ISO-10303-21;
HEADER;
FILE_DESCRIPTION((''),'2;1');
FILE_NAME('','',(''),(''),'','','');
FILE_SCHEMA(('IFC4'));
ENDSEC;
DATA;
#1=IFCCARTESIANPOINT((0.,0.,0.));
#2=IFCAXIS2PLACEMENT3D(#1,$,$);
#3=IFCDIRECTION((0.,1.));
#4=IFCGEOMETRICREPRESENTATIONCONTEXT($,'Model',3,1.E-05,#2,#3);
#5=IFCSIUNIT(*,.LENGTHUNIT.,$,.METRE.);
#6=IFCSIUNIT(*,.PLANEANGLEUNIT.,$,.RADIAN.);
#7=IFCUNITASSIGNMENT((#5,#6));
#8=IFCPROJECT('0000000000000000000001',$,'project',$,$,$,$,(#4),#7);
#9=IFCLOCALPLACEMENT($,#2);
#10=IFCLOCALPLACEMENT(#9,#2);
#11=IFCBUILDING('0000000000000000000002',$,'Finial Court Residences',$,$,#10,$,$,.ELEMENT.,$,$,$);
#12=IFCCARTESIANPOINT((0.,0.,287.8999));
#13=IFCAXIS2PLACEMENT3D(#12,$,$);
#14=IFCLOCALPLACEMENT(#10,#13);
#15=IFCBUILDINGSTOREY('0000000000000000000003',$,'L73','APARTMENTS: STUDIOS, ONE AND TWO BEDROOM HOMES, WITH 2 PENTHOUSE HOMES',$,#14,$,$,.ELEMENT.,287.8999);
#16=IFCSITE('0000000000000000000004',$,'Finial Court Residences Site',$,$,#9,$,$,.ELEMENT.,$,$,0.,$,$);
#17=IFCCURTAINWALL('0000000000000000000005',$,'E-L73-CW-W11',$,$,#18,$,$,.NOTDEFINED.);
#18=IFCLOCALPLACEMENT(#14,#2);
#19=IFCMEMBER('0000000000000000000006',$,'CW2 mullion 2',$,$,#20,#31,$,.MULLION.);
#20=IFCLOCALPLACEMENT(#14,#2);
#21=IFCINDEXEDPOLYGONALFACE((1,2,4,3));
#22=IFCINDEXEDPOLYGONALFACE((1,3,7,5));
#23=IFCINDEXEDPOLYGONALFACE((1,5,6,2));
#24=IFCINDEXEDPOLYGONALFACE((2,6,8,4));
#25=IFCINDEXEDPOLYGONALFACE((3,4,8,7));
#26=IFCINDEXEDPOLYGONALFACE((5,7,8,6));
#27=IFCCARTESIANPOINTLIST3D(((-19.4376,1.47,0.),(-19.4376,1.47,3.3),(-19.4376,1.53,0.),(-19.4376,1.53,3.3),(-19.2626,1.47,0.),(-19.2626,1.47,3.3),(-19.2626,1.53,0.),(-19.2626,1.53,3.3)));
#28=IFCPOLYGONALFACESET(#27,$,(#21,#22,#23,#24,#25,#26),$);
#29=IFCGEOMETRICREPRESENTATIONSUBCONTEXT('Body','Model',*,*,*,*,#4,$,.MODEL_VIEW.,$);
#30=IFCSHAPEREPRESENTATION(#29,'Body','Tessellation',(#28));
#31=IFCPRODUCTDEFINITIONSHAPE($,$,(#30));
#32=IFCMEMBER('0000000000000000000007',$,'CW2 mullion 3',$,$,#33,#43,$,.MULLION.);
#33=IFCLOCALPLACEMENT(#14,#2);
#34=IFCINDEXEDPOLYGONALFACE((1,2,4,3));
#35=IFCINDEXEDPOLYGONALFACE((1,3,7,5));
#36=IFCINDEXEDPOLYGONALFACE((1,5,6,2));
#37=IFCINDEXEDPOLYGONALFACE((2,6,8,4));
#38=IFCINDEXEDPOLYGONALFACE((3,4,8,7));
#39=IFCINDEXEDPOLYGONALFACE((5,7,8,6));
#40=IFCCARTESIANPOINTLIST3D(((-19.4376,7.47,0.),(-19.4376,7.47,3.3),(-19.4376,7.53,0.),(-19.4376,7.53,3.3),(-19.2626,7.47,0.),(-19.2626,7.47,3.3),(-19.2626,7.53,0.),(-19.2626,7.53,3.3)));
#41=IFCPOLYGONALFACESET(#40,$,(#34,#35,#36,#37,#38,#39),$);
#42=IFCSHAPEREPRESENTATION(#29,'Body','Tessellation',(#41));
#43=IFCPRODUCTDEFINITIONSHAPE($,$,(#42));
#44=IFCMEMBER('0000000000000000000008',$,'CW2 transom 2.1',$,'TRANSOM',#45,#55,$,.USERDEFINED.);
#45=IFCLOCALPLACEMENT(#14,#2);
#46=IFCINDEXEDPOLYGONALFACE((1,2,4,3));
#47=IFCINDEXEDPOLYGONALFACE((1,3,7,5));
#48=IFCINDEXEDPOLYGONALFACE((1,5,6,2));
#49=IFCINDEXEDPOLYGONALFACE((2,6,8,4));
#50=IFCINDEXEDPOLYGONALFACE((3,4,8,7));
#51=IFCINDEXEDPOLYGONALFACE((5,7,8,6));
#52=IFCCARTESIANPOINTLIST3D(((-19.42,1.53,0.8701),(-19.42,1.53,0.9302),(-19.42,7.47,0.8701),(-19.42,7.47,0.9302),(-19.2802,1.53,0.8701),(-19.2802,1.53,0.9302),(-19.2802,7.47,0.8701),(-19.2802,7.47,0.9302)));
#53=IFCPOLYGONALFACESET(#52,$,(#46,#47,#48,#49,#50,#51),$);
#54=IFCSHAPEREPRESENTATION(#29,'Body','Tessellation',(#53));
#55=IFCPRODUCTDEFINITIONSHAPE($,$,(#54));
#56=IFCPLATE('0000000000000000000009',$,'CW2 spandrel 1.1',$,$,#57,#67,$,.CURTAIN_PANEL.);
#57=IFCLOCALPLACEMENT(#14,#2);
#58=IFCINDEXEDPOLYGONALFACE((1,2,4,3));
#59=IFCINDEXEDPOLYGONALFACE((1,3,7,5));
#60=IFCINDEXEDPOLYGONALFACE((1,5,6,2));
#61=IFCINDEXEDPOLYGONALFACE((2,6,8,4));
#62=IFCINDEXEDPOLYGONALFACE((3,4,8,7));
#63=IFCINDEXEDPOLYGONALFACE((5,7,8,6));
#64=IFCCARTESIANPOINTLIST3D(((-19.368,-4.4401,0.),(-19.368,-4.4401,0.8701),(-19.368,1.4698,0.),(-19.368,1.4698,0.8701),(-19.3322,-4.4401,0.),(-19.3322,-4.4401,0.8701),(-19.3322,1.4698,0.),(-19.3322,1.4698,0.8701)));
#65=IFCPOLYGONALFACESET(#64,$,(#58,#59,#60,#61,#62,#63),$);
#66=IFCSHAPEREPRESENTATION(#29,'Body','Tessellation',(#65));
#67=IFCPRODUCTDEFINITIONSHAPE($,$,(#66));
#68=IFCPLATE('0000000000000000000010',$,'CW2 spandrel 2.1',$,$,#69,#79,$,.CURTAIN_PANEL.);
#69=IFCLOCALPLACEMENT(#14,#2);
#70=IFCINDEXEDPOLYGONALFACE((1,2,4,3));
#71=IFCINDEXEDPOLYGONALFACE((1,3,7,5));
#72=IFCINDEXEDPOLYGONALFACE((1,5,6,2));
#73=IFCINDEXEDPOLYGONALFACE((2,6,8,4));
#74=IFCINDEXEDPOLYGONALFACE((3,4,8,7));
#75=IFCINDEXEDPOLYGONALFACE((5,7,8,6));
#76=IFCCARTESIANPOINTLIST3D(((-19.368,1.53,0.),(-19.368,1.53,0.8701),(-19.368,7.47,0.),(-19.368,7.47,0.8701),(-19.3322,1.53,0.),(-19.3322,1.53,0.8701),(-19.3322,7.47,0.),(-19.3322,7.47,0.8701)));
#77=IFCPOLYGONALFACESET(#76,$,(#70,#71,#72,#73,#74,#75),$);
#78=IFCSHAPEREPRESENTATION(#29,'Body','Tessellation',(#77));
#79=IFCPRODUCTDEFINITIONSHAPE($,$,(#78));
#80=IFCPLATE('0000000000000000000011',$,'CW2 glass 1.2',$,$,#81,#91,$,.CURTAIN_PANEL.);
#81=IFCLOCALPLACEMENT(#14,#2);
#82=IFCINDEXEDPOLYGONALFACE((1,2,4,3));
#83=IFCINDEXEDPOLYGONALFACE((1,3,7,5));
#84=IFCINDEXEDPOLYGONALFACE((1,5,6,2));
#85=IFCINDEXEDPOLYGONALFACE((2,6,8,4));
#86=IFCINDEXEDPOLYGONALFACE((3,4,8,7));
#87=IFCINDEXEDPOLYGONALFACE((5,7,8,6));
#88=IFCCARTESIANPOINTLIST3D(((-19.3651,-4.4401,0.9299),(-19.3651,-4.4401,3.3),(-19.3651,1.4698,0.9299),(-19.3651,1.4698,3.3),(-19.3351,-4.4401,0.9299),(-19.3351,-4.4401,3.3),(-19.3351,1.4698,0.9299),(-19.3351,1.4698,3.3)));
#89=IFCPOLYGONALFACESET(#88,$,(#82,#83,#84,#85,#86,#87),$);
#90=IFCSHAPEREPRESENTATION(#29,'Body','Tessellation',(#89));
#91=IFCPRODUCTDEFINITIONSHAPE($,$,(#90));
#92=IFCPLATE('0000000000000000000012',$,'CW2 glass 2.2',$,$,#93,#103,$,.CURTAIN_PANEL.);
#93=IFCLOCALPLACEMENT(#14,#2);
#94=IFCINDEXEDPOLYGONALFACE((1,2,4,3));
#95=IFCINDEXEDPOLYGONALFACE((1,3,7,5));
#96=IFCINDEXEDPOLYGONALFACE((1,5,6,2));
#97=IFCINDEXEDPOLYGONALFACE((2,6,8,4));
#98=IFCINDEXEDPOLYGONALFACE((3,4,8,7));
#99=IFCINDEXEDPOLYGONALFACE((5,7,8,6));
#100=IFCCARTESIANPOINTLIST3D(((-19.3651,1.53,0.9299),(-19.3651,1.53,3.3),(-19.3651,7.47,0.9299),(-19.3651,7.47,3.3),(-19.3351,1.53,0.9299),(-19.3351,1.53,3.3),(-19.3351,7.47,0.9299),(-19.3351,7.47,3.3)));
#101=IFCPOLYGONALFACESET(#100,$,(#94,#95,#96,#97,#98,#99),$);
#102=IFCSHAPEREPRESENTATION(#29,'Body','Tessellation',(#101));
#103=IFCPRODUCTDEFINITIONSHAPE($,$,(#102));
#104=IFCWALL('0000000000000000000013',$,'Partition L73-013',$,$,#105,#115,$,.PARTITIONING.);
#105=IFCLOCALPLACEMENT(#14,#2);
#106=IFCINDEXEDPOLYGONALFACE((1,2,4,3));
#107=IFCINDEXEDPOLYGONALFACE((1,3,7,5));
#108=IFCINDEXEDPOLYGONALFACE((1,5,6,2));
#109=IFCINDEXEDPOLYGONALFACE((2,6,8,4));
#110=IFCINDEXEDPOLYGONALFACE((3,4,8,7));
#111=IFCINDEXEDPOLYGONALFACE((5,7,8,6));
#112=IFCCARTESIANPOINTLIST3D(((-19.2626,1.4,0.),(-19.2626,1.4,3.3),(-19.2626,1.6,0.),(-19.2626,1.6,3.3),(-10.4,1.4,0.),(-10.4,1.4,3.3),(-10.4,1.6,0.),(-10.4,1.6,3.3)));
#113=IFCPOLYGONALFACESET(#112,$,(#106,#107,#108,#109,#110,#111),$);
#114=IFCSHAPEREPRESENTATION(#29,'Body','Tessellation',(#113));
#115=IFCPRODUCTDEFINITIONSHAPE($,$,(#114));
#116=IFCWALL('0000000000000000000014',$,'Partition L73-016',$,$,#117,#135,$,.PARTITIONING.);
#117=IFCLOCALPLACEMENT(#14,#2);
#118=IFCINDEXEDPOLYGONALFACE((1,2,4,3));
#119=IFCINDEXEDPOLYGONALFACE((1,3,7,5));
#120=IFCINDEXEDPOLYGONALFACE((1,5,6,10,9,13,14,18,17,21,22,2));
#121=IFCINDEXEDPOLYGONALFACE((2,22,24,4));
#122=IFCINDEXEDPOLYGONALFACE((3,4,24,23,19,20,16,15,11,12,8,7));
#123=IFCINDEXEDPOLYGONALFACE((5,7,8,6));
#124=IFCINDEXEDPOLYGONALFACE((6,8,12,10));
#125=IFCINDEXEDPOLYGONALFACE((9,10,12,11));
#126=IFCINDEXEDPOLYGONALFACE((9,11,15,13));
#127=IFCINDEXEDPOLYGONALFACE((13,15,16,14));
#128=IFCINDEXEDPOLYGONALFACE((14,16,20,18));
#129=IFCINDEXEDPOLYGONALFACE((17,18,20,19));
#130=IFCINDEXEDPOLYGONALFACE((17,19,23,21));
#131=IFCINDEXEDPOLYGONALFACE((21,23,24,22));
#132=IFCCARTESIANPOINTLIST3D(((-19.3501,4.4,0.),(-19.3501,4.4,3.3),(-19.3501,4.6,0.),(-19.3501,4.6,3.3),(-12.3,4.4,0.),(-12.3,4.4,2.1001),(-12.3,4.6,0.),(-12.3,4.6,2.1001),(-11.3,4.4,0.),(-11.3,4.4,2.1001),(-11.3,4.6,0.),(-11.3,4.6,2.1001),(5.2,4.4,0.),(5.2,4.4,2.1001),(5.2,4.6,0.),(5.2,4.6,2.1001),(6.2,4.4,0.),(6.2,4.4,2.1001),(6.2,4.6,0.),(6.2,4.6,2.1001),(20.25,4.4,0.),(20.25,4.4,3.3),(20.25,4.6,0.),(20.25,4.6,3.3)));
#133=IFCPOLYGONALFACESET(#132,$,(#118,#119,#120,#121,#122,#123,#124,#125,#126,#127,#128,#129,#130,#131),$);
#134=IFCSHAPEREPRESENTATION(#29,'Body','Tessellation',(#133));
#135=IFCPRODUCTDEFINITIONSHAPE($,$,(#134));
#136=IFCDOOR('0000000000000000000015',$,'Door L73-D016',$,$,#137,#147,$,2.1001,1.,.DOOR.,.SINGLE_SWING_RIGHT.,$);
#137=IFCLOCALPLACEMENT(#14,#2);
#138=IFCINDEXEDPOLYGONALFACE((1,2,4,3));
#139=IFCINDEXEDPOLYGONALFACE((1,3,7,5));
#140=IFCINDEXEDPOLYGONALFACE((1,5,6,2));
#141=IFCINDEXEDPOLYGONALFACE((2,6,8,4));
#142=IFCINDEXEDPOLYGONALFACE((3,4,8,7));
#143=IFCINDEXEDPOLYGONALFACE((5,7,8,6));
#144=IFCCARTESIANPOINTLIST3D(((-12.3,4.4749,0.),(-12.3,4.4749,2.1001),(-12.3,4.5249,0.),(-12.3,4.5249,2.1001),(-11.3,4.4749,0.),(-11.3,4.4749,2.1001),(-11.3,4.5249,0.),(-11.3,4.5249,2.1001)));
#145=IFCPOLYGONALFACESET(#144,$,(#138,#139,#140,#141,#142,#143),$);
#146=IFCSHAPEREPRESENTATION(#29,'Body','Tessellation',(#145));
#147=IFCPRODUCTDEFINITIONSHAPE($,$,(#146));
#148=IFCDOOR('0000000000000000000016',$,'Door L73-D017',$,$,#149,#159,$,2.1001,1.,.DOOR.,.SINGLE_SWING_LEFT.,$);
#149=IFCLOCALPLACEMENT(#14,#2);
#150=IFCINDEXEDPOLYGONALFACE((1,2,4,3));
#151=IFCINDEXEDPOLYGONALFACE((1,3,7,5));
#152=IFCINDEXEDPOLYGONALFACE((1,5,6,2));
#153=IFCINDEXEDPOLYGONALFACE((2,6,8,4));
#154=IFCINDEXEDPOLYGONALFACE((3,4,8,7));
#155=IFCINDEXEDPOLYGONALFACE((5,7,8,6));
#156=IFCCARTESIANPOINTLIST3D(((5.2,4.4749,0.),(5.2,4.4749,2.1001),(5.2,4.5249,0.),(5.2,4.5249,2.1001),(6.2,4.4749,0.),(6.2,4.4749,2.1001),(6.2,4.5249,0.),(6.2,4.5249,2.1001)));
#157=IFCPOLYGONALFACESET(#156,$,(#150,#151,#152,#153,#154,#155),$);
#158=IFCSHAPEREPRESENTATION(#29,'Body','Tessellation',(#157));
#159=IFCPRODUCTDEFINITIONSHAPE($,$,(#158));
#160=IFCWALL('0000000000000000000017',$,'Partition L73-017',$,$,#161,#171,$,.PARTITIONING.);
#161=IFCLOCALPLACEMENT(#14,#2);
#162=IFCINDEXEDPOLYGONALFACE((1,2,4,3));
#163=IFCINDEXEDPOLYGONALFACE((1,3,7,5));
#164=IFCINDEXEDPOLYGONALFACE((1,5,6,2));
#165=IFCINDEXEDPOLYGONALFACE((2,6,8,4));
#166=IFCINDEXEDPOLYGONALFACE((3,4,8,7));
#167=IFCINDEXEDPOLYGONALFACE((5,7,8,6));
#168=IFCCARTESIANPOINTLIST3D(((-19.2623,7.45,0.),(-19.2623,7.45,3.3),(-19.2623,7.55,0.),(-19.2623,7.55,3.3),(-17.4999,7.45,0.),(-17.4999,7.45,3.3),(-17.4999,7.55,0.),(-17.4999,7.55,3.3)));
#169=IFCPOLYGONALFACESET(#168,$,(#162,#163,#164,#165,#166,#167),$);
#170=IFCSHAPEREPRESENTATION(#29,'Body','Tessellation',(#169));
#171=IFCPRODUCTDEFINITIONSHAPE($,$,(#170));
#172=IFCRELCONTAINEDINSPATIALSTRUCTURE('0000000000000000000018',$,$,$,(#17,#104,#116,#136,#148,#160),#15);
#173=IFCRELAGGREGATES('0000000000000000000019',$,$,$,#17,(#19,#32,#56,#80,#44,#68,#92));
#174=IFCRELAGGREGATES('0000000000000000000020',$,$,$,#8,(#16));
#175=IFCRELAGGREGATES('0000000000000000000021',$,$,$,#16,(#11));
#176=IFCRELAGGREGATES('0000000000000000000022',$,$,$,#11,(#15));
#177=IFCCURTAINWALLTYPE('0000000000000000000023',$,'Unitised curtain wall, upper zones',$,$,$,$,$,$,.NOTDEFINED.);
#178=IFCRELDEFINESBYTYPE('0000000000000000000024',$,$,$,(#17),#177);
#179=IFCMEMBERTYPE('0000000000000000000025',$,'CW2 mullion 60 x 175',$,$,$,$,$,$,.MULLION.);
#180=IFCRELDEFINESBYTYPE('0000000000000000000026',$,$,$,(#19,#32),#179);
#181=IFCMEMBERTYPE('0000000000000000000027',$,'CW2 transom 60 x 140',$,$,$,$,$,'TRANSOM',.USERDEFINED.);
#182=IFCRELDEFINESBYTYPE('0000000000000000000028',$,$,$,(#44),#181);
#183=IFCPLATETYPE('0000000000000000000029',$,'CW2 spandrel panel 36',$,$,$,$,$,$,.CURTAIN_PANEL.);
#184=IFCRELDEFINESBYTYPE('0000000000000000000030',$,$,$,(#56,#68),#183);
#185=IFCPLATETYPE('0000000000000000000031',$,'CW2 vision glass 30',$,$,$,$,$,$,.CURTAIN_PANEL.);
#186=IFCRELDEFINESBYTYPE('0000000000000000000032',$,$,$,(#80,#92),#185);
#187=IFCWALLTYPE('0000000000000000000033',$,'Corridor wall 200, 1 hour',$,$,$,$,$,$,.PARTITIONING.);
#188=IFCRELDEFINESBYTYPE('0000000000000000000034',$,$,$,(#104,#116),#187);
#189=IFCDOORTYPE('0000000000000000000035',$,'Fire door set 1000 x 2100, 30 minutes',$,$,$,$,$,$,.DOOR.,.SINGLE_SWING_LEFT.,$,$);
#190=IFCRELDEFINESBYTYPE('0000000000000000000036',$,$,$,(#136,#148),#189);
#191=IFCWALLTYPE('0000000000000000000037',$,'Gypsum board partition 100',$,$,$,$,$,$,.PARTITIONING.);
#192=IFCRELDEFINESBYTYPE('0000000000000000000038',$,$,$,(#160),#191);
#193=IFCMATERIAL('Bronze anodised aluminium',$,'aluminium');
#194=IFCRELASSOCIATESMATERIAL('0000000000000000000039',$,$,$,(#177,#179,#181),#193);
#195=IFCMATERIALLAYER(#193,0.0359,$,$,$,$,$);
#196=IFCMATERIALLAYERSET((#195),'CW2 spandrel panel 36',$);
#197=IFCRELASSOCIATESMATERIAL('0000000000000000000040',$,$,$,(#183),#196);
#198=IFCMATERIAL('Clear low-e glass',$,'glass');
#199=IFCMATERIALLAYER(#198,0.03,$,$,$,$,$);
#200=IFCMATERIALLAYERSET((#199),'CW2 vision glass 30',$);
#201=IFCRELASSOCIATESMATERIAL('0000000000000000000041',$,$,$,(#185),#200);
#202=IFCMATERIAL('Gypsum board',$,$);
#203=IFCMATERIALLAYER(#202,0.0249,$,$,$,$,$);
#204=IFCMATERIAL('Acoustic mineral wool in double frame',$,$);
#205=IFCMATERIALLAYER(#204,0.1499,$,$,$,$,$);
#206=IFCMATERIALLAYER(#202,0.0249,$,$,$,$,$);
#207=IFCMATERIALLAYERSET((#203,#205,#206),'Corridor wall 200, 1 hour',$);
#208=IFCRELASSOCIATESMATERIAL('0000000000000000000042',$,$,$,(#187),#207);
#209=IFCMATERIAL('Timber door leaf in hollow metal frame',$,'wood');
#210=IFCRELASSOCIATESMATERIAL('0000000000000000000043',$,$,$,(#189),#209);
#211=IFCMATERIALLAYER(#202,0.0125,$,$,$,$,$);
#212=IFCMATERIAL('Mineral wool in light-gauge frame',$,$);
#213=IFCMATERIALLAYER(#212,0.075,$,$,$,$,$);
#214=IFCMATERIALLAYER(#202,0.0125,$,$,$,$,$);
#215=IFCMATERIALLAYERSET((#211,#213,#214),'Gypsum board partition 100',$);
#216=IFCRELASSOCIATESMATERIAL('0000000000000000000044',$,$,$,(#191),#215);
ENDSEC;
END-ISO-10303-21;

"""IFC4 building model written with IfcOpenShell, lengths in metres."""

from ifc_helpers import new_model, si_unit, direction, frame, frame_2d, origin, origin_2d, place, context, subcontext, project, spatial, rectangle, extrude, material, layer, layer_set, material_profile, profile_set, type_object, element, fill, aggregate, save


model = new_model("IFC4")

# Units and contexts
model_context = context("Model", 3, precision=1e-05, world=origin(), true_north=direction((0.0, 1.0)))
body_context = subcontext(model_context, "Body", "Model", "MODEL_VIEW")
ifc_project = project(units=[si_unit("LENGTHUNIT", "METRE"), si_unit("PLANEANGLEUNIT", "RADIAN")], contexts=[model_context])

# Site, building, storey
site_placement = place(None, origin())
site = spatial("IfcSite", under=ifc_project, at=site_placement, Name="Finial Court Residences Site", CompositionType="ELEMENT", RefElevation=0.0)
building_placement = place(site_placement, origin())
building = spatial("IfcBuilding", under=site, at=building_placement, Name="Finial Court Residences", CompositionType="ELEMENT")
storey_placement = place(building_placement, frame((0.0, 0.0, 287.8999)))
storey = spatial("IfcBuildingStorey", under=building, at=storey_placement, Name="L73", Description="APARTMENTS: STUDIOS, ONE AND TWO BEDROOM HOMES, WITH 2 PENTHOUSE HOMES", CompositionType="ELEMENT", Elevation=287.8999)

# Curtain wall, members, plates
ifc_material_1 = material(Name="Bronze anodised aluminium", Category="aluminium")
curtain_wall_type = type_object("IfcCurtainWallType", Name="Unitised curtain wall, upper zones", PredefinedType="NOTDEFINED", material=ifc_material_1)
curtain_wall_placement = place(storey_placement, origin())
curtain_wall = element("IfcCurtainWall", 1, at=curtain_wall_placement, inside=storey, type_object=curtain_wall_type, Name="E-L73-CW-W11", PredefinedType="NOTDEFINED")
ifc_material_profile_1 = material_profile(ifc_material_1, rectangle(XDim=0.175, YDim=0.0601, at=origin_2d()), Name="CW2 mullion 60 x 175")
ifc_profile_set_1 = profile_set([ifc_material_profile_1], Name="Bronze anodised aluminium")
member_type_1 = type_object("IfcMemberType", Name="CW2 mullion 60 x 175", PredefinedType="MULLION", material=ifc_profile_set_1)
member_1_placement = place(storey_placement, frame((-19.3501, 1.5, 0.0), z_axis=(0.0, 0.0, 1.0), x_axis=(-1.0, 0.0, 0.0)))
member_1 = element("IfcMember", 2, at=member_1_placement, type_object=member_type_1, Name="CW2 mullion 2", PredefinedType="MULLION", context=body_context, shape_type="SweptSolid", body=[
    extrude(rectangle(XDim=0.175, YDim=0.0601, at=origin_2d()), origin(), (0.0, 0.0, 1.0), 3.3),
])
member_2_placement = place(storey_placement, frame((-19.3501, 7.5, 0.0), z_axis=(0.0, 0.0, 1.0), x_axis=(-1.0, 0.0, 0.0)))
member_2 = element("IfcMember", 3, at=member_2_placement, type_object=member_type_1, Name="CW2 mullion 3", PredefinedType="MULLION", context=body_context, shape_type="SweptSolid", body=[
    extrude(rectangle(XDim=0.175, YDim=0.0601, at=origin_2d()), origin(), (0.0, 0.0, 1.0), 3.3),
])
ifc_material_profile_2 = material_profile(ifc_material_1, rectangle(XDim=0.1399, YDim=0.0601, at=origin_2d()), Name="CW2 transom 60 x 140")
ifc_profile_set_2 = profile_set([ifc_material_profile_2], Name="Bronze anodised aluminium")
member_type_2 = type_object("IfcMemberType", Name="CW2 transom 60 x 140", ElementType="TRANSOM", PredefinedType="USERDEFINED", material=ifc_profile_set_2)
member_3_placement = place(storey_placement, frame((-19.3501, 1.53, 0.9001), z_axis=(0.0, 1.0, 0.0), x_axis=(-1.0, 0.0, 0.0)))
member_3 = element("IfcMember", 4, at=member_3_placement, type_object=member_type_2, Name="CW2 transom 2.1", ObjectType="TRANSOM", PredefinedType="USERDEFINED", context=body_context, shape_type="SweptSolid", body=[
    extrude(rectangle(XDim=0.1399, YDim=0.0601, at=origin_2d()), origin(), (0.0, 0.0, 1.0), 5.9399),
])
ifc_layer_1 = layer(ifc_material_1, 0.0359)
ifc_layer_set_1 = layer_set([ifc_layer_1], Name="CW2 spandrel panel 36")
plate_type_1 = type_object("IfcPlateType", Name="CW2 spandrel panel 36", PredefinedType="CURTAIN_PANEL", material=ifc_layer_set_1)
plate_1_placement = place(storey_placement, frame((-19.3501, -1.4851, 0.0), z_axis=(0.0, 0.0, 1.0), x_axis=(0.0, 1.0, 0.0)))
plate_1 = element("IfcPlate", 5, at=plate_1_placement, type_object=plate_type_1, Name="CW2 spandrel 1.1", PredefinedType="CURTAIN_PANEL", context=body_context, shape_type="SweptSolid", body=[
    extrude(rectangle(XDim=5.9099, YDim=0.0359, at=origin_2d()), origin(), (0.0, 0.0, 1.0), 0.8701),
])
plate_2_placement = place(storey_placement, frame((-19.3501, 4.5, 0.0), z_axis=(0.0, 0.0, 1.0), x_axis=(0.0, 1.0, 0.0)))
plate_2 = element("IfcPlate", 6, at=plate_2_placement, type_object=plate_type_1, Name="CW2 spandrel 2.1", PredefinedType="CURTAIN_PANEL", context=body_context, shape_type="SweptSolid", body=[
    extrude(rectangle(XDim=5.9399, YDim=0.0359, at=origin_2d()), origin(), (0.0, 0.0, 1.0), 0.8701),
])
ifc_material_2 = material(Name="Clear low-e glass", Category="glass")
ifc_layer_2 = layer(ifc_material_2, 0.03)
ifc_layer_set_2 = layer_set([ifc_layer_2], Name="CW2 vision glass 30")
plate_type_2 = type_object("IfcPlateType", Name="CW2 vision glass 30", PredefinedType="CURTAIN_PANEL", material=ifc_layer_set_2)
plate_3_placement = place(storey_placement, frame((-19.3501, -1.4851, 0.9299), z_axis=(0.0, 0.0, 1.0), x_axis=(0.0, 1.0, 0.0)))
plate_3 = element("IfcPlate", 7, at=plate_3_placement, type_object=plate_type_2, Name="CW2 glass 1.2", PredefinedType="CURTAIN_PANEL", context=body_context, shape_type="SweptSolid", body=[
    extrude(rectangle(XDim=5.9099, YDim=0.03, at=origin_2d()), origin(), (0.0, 0.0, 1.0), 2.3701),
])
plate_4_placement = place(storey_placement, frame((-19.3501, 4.5, 0.9299), z_axis=(0.0, 0.0, 1.0), x_axis=(0.0, 1.0, 0.0)))
plate_4 = element("IfcPlate", 8, at=plate_4_placement, type_object=plate_type_2, Name="CW2 glass 2.2", PredefinedType="CURTAIN_PANEL", context=body_context, shape_type="SweptSolid", body=[
    extrude(rectangle(XDim=5.9399, YDim=0.03, at=origin_2d()), origin(), (0.0, 0.0, 1.0), 2.3701),
])
aggregate(curtain_wall, [member_1, member_2, plate_1, plate_3, member_3, plate_2, plate_4])

# Wall
ifc_material_3 = material(Name="Gypsum board")
ifc_layer_3 = layer(ifc_material_3, 0.0249)
ifc_material_4 = material(Name="Acoustic mineral wool in double frame")
ifc_layer_4 = layer(ifc_material_4, 0.1499)
ifc_layer_5 = layer(ifc_material_3, 0.0249)
ifc_layer_set_3 = layer_set([ifc_layer_3, ifc_layer_4, ifc_layer_5], Name="Corridor wall 200, 1 hour")
wall_type_1 = type_object("IfcWallType", Name="Corridor wall 200, 1 hour", PredefinedType="PARTITIONING", material=ifc_layer_set_3)
wall_1_placement = place(storey_placement, frame((-19.2625, 1.5, 0.0), z_axis=(0.0, 0.0, 1.0), x_axis=(1.0, 0.0, 0.0)))
element("IfcWall", 9, at=wall_1_placement, inside=storey, type_object=wall_type_1, Name="Partition L73-013", PredefinedType="PARTITIONING", context=body_context, shape_type="SweptSolid", body=[
    extrude(rectangle(XDim=8.8625, YDim=0.2, at=frame_2d((4.4312, 0.0))), origin(), (0.0, 0.0, 1.0), 3.3),
])

# Wall, openings, doors
wall_2_placement = place(storey_placement, frame((-19.3501, 4.5, 0.0), z_axis=(0.0, 0.0, 1.0), x_axis=(1.0, 0.0, 0.0)))
wall_2 = element("IfcWall", 10, at=wall_2_placement, inside=storey, type_object=wall_type_1, Name="Partition L73-016", PredefinedType="PARTITIONING", context=body_context, shape_type="SweptSolid", body=[
    extrude(rectangle(XDim=39.6001, YDim=0.2, at=frame_2d((19.8, 0.0))), origin(), (0.0, 0.0, 1.0), 3.3),
])
opening_1_placement = place(wall_2_placement, frame((7.05, 0.0, 0.0)))
opening_1 = element("IfcOpeningElement", 11, at=opening_1_placement, cuts=wall_2, PredefinedType="OPENING", context=body_context, shape_type="SweptSolid", body=[
    extrude(rectangle(XDim=1.0, YDim=2.1001, at=frame_2d((0.5, 1.05))), frame((0.0, 0.1099, 0.0), z_axis=(0.0, -1.0, 0.0), x_axis=(1.0, 0.0, 0.0)), (0.0, 0.0, 1.0), 0.22),
])
opening_2_placement = place(wall_2_placement, frame((24.55, 0.0, 0.0)))
opening_2 = element("IfcOpeningElement", 12, at=opening_2_placement, cuts=wall_2, PredefinedType="OPENING", context=body_context, shape_type="SweptSolid", body=[
    extrude(rectangle(XDim=1.0, YDim=2.1001, at=frame_2d((0.5, 1.05))), frame((0.0, 0.1099, 0.0), z_axis=(0.0, -1.0, 0.0), x_axis=(1.0, 0.0, 0.0)), (0.0, 0.0, 1.0), 0.22),
])
ifc_material_5 = material(Name="Timber door leaf in hollow metal frame", Category="wood")
door_type_1 = type_object("IfcDoorType", Name="Fire door set 1000 x 2100, 30 minutes", OperationType="SINGLE_SWING_LEFT", PredefinedType="DOOR", material=ifc_material_5)
door_1_placement = place(opening_1_placement, origin())
door_1 = element("IfcDoor", 13, at=door_1_placement, inside=storey, type_object=door_type_1, Name="Door L73-D016", OperationType="SINGLE_SWING_RIGHT", OverallHeight=2.1001, OverallWidth=1.0, PredefinedType="DOOR", context=body_context, shape_type="SweptSolid", body=[
    extrude(rectangle(XDim=1.0, YDim=2.1001, at=frame_2d((0.5, 1.05))), frame((0.0, 0.0249, 0.0), z_axis=(0.0, -1.0, 0.0), x_axis=(1.0, 0.0, 0.0)), (0.0, 0.0, 1.0), 0.05),
])
fill(opening_1, door_1)
door_2_placement = place(opening_2_placement, origin())
door_2 = element("IfcDoor", 14, at=door_2_placement, inside=storey, type_object=door_type_1, Name="Door L73-D017", OperationType="SINGLE_SWING_LEFT", OverallHeight=2.1001, OverallWidth=1.0, PredefinedType="DOOR", context=body_context, shape_type="SweptSolid", body=[
    extrude(rectangle(XDim=1.0, YDim=2.1001, at=frame_2d((0.5, 1.05))), frame((0.0, 0.0249, 0.0), z_axis=(0.0, -1.0, 0.0), x_axis=(1.0, 0.0, 0.0)), (0.0, 0.0, 1.0), 0.05),
])
fill(opening_2, door_2)

# Wall
ifc_layer_6 = layer(ifc_material_3, 0.0125)
ifc_material_6 = material(Name="Mineral wool in light-gauge frame")
ifc_layer_7 = layer(ifc_material_6, 0.075)
ifc_layer_8 = layer(ifc_material_3, 0.0125)
ifc_layer_set_4 = layer_set([ifc_layer_6, ifc_layer_7, ifc_layer_8], Name="Gypsum board partition 100")
wall_type_2 = type_object("IfcWallType", Name="Gypsum board partition 100", PredefinedType="PARTITIONING", material=ifc_layer_set_4)
wall_3_placement = place(storey_placement, frame((-19.2625, 7.5, 0.0), z_axis=(0.0, 0.0, 1.0), x_axis=(1.0, 0.0, 0.0)))
element("IfcWall", 15, at=wall_3_placement, inside=storey, type_object=wall_type_2, Name="Partition L73-017", PredefinedType="PARTITIONING", context=body_context, shape_type="SweptSolid", body=[
    extrude(rectangle(XDim=1.7625, YDim=0.1001, at=frame_2d((0.8813, 0.0))), origin(), (0.0, 0.0, 1.0), 3.3),
])

save(model, "model.ifc")
